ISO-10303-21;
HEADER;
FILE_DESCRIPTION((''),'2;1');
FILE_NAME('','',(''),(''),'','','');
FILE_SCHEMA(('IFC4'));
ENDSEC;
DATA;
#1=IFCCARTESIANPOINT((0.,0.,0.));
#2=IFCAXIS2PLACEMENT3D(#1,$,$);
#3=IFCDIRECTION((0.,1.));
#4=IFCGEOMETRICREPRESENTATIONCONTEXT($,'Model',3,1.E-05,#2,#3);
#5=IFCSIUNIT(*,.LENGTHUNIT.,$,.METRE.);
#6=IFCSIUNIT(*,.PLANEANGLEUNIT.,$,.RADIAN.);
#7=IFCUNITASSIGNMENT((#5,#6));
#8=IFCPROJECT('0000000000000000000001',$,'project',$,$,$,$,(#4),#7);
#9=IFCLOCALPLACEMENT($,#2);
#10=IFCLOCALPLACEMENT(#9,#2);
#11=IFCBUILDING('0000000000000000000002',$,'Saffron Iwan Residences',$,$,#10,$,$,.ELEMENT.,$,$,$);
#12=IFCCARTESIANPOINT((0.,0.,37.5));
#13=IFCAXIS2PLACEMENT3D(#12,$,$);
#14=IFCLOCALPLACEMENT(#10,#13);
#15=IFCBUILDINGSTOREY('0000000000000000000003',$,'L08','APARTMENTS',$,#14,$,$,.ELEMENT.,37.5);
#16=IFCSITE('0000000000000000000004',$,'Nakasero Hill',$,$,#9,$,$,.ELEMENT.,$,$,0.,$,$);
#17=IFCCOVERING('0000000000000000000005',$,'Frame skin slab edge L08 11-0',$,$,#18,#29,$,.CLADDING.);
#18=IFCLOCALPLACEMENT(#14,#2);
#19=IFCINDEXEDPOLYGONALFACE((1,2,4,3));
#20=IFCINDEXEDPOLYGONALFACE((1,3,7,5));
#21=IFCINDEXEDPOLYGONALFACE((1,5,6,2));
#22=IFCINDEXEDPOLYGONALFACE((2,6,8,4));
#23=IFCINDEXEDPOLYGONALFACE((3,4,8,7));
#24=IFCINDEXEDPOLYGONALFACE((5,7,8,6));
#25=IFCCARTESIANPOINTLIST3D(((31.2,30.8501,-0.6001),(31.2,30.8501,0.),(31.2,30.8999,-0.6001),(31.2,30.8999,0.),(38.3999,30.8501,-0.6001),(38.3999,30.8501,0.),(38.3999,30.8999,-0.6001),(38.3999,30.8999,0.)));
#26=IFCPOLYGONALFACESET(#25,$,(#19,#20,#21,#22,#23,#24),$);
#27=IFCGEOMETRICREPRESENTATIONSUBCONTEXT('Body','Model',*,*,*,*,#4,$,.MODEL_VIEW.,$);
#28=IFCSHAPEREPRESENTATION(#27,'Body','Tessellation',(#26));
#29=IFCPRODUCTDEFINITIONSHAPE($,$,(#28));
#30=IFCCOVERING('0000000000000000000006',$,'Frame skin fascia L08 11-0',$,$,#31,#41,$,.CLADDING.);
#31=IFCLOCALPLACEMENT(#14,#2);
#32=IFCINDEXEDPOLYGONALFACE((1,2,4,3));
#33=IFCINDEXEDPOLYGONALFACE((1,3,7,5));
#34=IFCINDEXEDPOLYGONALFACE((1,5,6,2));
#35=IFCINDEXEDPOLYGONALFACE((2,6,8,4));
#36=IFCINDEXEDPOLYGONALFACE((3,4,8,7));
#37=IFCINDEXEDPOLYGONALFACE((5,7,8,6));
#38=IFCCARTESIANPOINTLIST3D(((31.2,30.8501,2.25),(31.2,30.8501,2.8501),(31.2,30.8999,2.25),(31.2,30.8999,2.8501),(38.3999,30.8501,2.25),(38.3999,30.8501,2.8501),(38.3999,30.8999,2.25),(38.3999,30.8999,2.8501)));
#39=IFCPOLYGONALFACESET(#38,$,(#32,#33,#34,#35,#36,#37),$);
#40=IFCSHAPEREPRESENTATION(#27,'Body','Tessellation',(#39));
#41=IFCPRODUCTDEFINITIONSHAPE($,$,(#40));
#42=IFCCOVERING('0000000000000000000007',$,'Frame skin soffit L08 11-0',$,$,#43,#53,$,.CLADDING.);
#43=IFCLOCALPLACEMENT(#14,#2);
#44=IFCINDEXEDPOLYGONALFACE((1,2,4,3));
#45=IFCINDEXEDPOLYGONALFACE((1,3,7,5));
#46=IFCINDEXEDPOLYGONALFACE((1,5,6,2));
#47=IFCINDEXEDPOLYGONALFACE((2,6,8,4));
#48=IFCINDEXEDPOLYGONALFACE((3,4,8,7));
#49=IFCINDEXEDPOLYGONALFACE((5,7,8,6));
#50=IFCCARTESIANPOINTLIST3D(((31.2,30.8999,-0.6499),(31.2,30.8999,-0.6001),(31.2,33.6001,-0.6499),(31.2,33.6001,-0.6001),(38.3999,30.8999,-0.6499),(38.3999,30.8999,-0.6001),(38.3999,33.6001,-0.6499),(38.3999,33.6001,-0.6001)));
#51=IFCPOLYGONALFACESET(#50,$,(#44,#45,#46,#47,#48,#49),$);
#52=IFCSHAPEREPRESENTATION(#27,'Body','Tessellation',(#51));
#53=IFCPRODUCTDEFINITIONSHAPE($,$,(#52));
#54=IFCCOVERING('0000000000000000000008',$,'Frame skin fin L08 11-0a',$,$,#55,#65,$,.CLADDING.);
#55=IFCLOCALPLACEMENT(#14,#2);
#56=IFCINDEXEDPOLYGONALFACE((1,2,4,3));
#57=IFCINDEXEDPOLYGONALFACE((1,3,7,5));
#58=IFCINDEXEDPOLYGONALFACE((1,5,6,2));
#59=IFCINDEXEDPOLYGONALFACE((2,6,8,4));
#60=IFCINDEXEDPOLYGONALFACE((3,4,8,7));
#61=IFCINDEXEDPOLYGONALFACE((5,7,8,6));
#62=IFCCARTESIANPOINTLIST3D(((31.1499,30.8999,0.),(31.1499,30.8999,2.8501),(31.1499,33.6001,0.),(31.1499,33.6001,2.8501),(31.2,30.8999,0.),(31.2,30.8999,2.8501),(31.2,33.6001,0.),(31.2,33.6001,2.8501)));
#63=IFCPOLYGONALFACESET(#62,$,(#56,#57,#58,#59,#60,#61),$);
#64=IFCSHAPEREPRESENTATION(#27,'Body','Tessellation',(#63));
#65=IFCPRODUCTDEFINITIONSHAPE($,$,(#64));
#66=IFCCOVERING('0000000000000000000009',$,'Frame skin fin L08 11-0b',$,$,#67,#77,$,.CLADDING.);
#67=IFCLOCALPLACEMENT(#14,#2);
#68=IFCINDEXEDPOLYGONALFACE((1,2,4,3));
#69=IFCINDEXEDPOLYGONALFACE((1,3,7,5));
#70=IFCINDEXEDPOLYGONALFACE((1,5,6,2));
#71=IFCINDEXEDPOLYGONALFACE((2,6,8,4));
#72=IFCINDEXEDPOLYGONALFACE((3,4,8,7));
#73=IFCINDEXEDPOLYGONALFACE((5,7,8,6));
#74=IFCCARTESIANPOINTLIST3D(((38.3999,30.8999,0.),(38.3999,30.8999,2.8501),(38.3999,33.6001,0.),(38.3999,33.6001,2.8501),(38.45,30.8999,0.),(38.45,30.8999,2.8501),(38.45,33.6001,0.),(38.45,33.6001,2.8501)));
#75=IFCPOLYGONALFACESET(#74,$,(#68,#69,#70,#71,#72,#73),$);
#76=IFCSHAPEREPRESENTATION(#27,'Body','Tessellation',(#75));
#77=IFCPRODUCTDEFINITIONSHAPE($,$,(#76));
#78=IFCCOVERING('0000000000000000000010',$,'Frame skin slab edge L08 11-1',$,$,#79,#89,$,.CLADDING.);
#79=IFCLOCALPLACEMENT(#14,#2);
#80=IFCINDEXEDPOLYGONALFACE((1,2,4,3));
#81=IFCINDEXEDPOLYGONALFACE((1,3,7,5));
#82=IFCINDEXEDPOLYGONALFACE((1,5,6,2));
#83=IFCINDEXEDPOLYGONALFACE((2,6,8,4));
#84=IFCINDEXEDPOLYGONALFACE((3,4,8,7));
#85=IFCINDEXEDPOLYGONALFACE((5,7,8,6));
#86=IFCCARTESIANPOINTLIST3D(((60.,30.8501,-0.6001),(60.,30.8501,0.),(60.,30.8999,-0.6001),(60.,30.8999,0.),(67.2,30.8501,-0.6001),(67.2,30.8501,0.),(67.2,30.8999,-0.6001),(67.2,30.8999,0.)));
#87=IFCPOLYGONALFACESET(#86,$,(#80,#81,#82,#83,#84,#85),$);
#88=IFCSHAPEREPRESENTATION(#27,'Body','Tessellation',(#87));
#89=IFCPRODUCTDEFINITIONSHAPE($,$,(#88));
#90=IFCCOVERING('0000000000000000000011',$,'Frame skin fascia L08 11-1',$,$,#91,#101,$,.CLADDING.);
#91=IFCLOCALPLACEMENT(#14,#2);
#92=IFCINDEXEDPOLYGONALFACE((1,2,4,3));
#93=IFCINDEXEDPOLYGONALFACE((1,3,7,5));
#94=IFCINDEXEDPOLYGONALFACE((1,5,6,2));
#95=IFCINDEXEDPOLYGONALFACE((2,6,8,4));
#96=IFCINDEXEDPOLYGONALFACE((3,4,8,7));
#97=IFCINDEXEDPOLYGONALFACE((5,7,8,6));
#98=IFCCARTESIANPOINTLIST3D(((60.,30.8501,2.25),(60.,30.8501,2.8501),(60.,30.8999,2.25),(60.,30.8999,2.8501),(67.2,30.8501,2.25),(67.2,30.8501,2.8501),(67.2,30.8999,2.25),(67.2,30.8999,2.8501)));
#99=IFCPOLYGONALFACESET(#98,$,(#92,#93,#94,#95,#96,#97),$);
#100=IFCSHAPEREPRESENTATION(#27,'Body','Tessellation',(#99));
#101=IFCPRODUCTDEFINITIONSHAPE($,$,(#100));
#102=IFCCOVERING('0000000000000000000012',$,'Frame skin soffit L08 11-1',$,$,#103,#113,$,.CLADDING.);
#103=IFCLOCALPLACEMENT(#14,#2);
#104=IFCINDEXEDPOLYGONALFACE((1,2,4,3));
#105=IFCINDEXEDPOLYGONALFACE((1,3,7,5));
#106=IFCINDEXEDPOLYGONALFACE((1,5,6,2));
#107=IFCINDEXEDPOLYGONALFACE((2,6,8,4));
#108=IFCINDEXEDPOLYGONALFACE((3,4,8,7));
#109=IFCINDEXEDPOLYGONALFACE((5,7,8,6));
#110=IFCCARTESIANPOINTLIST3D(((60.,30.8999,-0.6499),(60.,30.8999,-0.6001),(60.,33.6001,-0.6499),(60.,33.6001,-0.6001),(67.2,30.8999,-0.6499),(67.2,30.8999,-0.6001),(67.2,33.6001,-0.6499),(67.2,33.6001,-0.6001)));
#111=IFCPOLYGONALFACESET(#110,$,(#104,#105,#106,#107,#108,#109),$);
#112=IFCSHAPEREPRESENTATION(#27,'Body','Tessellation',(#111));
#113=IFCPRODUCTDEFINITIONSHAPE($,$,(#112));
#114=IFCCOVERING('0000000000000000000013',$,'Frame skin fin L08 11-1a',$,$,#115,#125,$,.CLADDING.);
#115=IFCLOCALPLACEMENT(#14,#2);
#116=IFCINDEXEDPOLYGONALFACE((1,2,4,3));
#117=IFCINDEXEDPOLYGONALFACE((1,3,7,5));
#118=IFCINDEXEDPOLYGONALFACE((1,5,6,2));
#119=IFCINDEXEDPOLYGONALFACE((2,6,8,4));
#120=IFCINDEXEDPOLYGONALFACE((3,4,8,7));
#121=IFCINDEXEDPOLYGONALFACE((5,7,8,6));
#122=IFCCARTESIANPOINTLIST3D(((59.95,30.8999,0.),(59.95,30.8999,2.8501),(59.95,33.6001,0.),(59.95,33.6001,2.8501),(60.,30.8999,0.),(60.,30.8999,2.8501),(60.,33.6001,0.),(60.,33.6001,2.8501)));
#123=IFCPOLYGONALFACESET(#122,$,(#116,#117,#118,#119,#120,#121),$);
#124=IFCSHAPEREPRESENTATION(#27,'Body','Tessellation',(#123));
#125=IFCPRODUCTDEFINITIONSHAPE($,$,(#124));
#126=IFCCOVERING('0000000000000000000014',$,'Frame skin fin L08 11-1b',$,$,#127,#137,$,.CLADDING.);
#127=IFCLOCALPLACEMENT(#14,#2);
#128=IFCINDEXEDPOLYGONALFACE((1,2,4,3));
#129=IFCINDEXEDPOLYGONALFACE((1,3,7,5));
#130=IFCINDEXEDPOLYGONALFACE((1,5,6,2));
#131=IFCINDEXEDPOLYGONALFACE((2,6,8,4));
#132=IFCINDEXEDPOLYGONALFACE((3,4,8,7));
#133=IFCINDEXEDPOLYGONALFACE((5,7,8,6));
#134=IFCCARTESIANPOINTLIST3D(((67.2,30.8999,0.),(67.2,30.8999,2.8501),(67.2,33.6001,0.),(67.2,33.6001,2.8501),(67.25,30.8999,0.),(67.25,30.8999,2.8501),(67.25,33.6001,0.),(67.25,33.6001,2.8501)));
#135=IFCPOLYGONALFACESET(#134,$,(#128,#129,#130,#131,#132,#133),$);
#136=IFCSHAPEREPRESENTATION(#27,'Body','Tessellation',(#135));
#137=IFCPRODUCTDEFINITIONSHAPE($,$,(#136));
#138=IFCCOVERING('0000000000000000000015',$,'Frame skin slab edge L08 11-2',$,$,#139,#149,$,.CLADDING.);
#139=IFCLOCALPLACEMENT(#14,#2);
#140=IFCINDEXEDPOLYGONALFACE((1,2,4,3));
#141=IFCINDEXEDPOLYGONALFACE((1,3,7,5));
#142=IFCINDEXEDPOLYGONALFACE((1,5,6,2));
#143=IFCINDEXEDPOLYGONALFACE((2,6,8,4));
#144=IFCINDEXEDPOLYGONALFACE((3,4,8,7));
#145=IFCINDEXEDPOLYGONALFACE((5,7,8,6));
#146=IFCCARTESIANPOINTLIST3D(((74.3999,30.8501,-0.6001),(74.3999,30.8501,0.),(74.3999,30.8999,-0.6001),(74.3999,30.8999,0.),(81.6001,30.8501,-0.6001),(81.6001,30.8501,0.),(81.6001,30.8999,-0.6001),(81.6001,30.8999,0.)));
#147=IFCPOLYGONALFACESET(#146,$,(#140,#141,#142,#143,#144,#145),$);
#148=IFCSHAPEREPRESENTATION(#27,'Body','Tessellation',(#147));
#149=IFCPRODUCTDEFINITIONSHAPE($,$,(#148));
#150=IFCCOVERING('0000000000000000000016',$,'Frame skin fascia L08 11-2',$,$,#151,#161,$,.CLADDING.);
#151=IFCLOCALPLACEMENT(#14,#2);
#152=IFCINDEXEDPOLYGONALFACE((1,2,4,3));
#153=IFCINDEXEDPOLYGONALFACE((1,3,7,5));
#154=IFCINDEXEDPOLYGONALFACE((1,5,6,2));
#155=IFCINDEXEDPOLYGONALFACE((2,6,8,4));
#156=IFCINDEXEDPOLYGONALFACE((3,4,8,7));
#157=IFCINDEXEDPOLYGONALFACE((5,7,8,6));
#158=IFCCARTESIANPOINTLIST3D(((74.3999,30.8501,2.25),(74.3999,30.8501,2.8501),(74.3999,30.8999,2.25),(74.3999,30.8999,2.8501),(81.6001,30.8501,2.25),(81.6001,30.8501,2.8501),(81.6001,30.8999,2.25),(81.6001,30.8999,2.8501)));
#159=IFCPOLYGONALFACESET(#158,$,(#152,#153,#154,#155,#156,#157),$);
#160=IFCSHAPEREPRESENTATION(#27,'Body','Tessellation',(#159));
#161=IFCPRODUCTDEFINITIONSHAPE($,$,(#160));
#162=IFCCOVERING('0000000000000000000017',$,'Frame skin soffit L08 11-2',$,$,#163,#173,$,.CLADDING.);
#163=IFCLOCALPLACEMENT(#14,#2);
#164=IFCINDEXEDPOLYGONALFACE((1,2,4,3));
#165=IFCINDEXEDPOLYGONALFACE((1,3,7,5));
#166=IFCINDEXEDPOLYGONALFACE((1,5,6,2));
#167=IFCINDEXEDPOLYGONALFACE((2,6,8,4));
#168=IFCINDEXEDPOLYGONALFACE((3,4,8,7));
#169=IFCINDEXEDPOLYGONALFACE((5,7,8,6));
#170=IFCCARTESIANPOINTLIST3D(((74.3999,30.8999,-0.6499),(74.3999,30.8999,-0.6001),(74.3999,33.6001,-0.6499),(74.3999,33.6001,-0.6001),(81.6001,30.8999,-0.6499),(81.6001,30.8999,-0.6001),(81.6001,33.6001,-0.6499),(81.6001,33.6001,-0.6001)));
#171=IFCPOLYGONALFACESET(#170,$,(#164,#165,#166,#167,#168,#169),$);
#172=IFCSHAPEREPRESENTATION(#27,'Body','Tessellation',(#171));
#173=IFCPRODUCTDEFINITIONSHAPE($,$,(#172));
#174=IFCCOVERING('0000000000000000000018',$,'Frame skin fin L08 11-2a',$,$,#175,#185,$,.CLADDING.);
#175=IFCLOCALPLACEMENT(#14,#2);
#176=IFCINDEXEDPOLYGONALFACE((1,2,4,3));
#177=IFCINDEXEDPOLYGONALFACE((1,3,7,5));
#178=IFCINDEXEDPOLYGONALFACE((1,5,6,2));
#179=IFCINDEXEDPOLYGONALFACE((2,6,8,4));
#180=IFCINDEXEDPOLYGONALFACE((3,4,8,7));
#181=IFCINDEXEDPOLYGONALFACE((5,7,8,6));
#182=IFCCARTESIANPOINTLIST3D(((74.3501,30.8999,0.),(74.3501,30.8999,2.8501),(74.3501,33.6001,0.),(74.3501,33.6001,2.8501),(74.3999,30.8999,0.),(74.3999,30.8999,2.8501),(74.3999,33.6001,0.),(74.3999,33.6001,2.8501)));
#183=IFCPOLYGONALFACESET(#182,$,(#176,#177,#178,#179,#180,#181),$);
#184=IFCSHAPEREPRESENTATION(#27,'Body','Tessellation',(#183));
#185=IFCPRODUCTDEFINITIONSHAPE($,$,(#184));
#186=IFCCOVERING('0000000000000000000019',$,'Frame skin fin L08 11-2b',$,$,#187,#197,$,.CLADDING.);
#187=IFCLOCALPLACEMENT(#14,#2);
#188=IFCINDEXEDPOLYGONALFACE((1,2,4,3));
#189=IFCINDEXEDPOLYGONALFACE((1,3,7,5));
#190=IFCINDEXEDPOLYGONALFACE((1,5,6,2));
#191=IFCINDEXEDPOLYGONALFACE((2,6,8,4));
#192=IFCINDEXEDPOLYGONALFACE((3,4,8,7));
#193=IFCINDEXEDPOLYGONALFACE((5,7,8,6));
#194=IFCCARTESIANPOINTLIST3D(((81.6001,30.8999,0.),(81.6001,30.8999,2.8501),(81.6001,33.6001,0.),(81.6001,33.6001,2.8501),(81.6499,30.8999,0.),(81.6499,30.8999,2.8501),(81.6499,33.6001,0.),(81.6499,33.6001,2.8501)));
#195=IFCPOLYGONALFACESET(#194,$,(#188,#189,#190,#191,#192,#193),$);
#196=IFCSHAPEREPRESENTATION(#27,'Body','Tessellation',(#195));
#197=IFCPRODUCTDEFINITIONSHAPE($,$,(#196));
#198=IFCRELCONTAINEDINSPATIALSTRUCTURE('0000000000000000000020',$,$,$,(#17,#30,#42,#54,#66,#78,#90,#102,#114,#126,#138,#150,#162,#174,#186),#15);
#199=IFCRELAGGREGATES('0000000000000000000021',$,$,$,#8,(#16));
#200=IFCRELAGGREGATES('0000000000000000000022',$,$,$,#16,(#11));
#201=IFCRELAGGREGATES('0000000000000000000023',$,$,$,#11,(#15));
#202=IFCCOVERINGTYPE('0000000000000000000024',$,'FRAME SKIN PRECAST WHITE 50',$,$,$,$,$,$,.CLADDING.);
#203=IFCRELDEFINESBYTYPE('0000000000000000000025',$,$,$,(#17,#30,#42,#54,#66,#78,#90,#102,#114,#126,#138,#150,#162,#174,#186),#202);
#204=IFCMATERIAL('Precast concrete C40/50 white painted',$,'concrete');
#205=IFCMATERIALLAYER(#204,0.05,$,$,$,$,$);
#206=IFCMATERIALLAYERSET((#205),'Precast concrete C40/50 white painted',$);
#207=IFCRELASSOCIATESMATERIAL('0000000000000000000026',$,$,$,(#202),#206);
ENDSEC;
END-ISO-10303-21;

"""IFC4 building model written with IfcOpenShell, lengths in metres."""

from ifc_helpers import new_model, si_unit, direction, frame, origin, place, context, subcontext, project, spatial, polyline, outline, extrude, material, layer, layer_set, type_object, element, save


model = new_model("IFC4")

# Units and contexts
model_context = context("Model", 3, precision=1e-05, world=origin(), true_north=direction((0.0, 1.0)))
body_context = subcontext(model_context, "Body", "Model", "MODEL_VIEW")
ifc_project = project(units=[si_unit("LENGTHUNIT", "METRE"), si_unit("PLANEANGLEUNIT", "RADIAN")], contexts=[model_context])

# Site, building, storey
site_placement = place(None, origin())
site = spatial("IfcSite", under=ifc_project, at=site_placement, Name="Nakasero Hill", CompositionType="ELEMENT", RefElevation=0.0)
building_placement = place(site_placement, origin())
building = spatial("IfcBuilding", under=site, at=building_placement, Name="Saffron Iwan Residences", CompositionType="ELEMENT")
storey_placement = place(building_placement, frame((0.0, 0.0, 37.5)))
storey = spatial("IfcBuildingStorey", under=building, at=storey_placement, Name="L08", Description="APARTMENTS", CompositionType="ELEMENT", Elevation=37.5)

# Coverings
ifc_material_1 = material(Name="Precast concrete C40/50 white painted", Category="concrete")
ifc_layer_1 = layer(ifc_material_1, 0.05)
ifc_layer_set_1 = layer_set([ifc_layer_1], Name="Precast concrete C40/50 white painted")
covering_type = type_object("IfcCoveringType", Name="FRAME SKIN PRECAST WHITE 50", PredefinedType="CLADDING", material=ifc_layer_set_1)
for number, where, name in (
    (1, (0.0, 0.0, -0.6001), "Frame skin slab edge L08 11-0"),
    (2, (0.0, 0.0, 2.25), "Frame skin fascia L08 11-0"),
):
    element("IfcCovering", number, at=place(storey_placement, frame(where)), inside=storey, type_object=covering_type, Name=name, PredefinedType="CLADDING", context=body_context, shape_type="SweptSolid", body=[
        extrude(outline(polyline([(31.2, 30.8501), (38.3999, 30.8501), (38.3999, 30.8999), (31.2, 30.8999), (31.2, 30.8501)])), origin(), (0.0, 0.0, 1.0), 0.6001),
    ])
covering_1_placement = place(storey_placement, frame((0.0, 0.0, -0.6499)))
element("IfcCovering", 3, at=covering_1_placement, inside=storey, type_object=covering_type, Name="Frame skin soffit L08 11-0", PredefinedType="CLADDING", context=body_context, shape_type="SweptSolid", body=[
    extrude(outline(polyline([(31.2, 30.8999), (38.3999, 30.8999), (38.3999, 33.6001), (31.2, 33.6001), (31.2, 30.8999)])), origin(), (0.0, 0.0, 1.0), 0.0498),
])
covering_2_placement = place(storey_placement, origin())
element("IfcCovering", 4, at=covering_2_placement, inside=storey, type_object=covering_type, Name="Frame skin fin L08 11-0a", PredefinedType="CLADDING", context=body_context, shape_type="SweptSolid", body=[
    extrude(outline(polyline([(31.1499, 30.8999), (31.2, 30.8999), (31.2, 33.6001), (31.1499, 33.6001), (31.1499, 30.8999)])), origin(), (0.0, 0.0, 1.0), 2.8501),
])
covering_3_placement = place(storey_placement, origin())
element("IfcCovering", 5, at=covering_3_placement, inside=storey, type_object=covering_type, Name="Frame skin fin L08 11-0b", PredefinedType="CLADDING", context=body_context, shape_type="SweptSolid", body=[
    extrude(outline(polyline([(38.3999, 30.8999), (38.45, 30.8999), (38.45, 33.6001), (38.3999, 33.6001), (38.3999, 30.8999)])), origin(), (0.0, 0.0, 1.0), 2.8501),
])
for number, where, name in (
    (6, (0.0, 0.0, -0.6001), "Frame skin slab edge L08 11-1"),
    (7, (0.0, 0.0, 2.25), "Frame skin fascia L08 11-1"),
):
    element("IfcCovering", number, at=place(storey_placement, frame(where)), inside=storey, type_object=covering_type, Name=name, PredefinedType="CLADDING", context=body_context, shape_type="SweptSolid", body=[
        extrude(outline(polyline([(60.0, 30.8501), (67.2, 30.8501), (67.2, 30.8999), (60.0, 30.8999), (60.0, 30.8501)])), origin(), (0.0, 0.0, 1.0), 0.6001),
    ])
covering_4_placement = place(storey_placement, frame((0.0, 0.0, -0.6499)))
element("IfcCovering", 8, at=covering_4_placement, inside=storey, type_object=covering_type, Name="Frame skin soffit L08 11-1", PredefinedType="CLADDING", context=body_context, shape_type="SweptSolid", body=[
    extrude(outline(polyline([(60.0, 30.8999), (67.2, 30.8999), (67.2, 33.6001), (60.0, 33.6001), (60.0, 30.8999)])), origin(), (0.0, 0.0, 1.0), 0.0498),
])
covering_5_placement = place(storey_placement, origin())
element("IfcCovering", 9, at=covering_5_placement, inside=storey, type_object=covering_type, Name="Frame skin fin L08 11-1a", PredefinedType="CLADDING", context=body_context, shape_type="SweptSolid", body=[
    extrude(outline(polyline([(59.95, 30.8999), (60.0, 30.8999), (60.0, 33.6001), (59.95, 33.6001), (59.95, 30.8999)])), origin(), (0.0, 0.0, 1.0), 2.8501),
])
covering_6_placement = place(storey_placement, origin())
element("IfcCovering", 10, at=covering_6_placement, inside=storey, type_object=covering_type, Name="Frame skin fin L08 11-1b", PredefinedType="CLADDING", context=body_context, shape_type="SweptSolid", body=[
    extrude(outline(polyline([(67.2, 30.8999), (67.25, 30.8999), (67.25, 33.6001), (67.2, 33.6001), (67.2, 30.8999)])), origin(), (0.0, 0.0, 1.0), 2.8501),
])
for number, where, name in (
    (11, (0.0, 0.0, -0.6001), "Frame skin slab edge L08 11-2"),
    (12, (0.0, 0.0, 2.25), "Frame skin fascia L08 11-2"),
):
    element("IfcCovering", number, at=place(storey_placement, frame(where)), inside=storey, type_object=covering_type, Name=name, PredefinedType="CLADDING", context=body_context, shape_type="SweptSolid", body=[
        extrude(outline(polyline([(74.3999, 30.8501), (81.6001, 30.8501), (81.6001, 30.8999), (74.3999, 30.8999), (74.3999, 30.8501)])), origin(), (0.0, 0.0, 1.0), 0.6001),
    ])
covering_7_placement = place(storey_placement, frame((0.0, 0.0, -0.6499)))
element("IfcCovering", 13, at=covering_7_placement, inside=storey, type_object=covering_type, Name="Frame skin soffit L08 11-2", PredefinedType="CLADDING", context=body_context, shape_type="SweptSolid", body=[
    extrude(outline(polyline([(74.3999, 30.8999), (81.6001, 30.8999), (81.6001, 33.6001), (74.3999, 33.6001), (74.3999, 30.8999)])), origin(), (0.0, 0.0, 1.0), 0.0498),
])
covering_8_placement = place(storey_placement, origin())
element("IfcCovering", 14, at=covering_8_placement, inside=storey, type_object=covering_type, Name="Frame skin fin L08 11-2a", PredefinedType="CLADDING", context=body_context, shape_type="SweptSolid", body=[
    extrude(outline(polyline([(74.3501, 30.8999), (74.3999, 30.8999), (74.3999, 33.6001), (74.3501, 33.6001), (74.3501, 30.8999)])), origin(), (0.0, 0.0, 1.0), 2.8501),
])
covering_9_placement = place(storey_placement, origin())
element("IfcCovering", 15, at=covering_9_placement, inside=storey, type_object=covering_type, Name="Frame skin fin L08 11-2b", PredefinedType="CLADDING", context=body_context, shape_type="SweptSolid", body=[
    extrude(outline(polyline([(81.6001, 30.8999), (81.6499, 30.8999), (81.6499, 33.6001), (81.6001, 33.6001), (81.6001, 30.8999)])), origin(), (0.0, 0.0, 1.0), 2.8501),
])

save(model, "model.ifc")
